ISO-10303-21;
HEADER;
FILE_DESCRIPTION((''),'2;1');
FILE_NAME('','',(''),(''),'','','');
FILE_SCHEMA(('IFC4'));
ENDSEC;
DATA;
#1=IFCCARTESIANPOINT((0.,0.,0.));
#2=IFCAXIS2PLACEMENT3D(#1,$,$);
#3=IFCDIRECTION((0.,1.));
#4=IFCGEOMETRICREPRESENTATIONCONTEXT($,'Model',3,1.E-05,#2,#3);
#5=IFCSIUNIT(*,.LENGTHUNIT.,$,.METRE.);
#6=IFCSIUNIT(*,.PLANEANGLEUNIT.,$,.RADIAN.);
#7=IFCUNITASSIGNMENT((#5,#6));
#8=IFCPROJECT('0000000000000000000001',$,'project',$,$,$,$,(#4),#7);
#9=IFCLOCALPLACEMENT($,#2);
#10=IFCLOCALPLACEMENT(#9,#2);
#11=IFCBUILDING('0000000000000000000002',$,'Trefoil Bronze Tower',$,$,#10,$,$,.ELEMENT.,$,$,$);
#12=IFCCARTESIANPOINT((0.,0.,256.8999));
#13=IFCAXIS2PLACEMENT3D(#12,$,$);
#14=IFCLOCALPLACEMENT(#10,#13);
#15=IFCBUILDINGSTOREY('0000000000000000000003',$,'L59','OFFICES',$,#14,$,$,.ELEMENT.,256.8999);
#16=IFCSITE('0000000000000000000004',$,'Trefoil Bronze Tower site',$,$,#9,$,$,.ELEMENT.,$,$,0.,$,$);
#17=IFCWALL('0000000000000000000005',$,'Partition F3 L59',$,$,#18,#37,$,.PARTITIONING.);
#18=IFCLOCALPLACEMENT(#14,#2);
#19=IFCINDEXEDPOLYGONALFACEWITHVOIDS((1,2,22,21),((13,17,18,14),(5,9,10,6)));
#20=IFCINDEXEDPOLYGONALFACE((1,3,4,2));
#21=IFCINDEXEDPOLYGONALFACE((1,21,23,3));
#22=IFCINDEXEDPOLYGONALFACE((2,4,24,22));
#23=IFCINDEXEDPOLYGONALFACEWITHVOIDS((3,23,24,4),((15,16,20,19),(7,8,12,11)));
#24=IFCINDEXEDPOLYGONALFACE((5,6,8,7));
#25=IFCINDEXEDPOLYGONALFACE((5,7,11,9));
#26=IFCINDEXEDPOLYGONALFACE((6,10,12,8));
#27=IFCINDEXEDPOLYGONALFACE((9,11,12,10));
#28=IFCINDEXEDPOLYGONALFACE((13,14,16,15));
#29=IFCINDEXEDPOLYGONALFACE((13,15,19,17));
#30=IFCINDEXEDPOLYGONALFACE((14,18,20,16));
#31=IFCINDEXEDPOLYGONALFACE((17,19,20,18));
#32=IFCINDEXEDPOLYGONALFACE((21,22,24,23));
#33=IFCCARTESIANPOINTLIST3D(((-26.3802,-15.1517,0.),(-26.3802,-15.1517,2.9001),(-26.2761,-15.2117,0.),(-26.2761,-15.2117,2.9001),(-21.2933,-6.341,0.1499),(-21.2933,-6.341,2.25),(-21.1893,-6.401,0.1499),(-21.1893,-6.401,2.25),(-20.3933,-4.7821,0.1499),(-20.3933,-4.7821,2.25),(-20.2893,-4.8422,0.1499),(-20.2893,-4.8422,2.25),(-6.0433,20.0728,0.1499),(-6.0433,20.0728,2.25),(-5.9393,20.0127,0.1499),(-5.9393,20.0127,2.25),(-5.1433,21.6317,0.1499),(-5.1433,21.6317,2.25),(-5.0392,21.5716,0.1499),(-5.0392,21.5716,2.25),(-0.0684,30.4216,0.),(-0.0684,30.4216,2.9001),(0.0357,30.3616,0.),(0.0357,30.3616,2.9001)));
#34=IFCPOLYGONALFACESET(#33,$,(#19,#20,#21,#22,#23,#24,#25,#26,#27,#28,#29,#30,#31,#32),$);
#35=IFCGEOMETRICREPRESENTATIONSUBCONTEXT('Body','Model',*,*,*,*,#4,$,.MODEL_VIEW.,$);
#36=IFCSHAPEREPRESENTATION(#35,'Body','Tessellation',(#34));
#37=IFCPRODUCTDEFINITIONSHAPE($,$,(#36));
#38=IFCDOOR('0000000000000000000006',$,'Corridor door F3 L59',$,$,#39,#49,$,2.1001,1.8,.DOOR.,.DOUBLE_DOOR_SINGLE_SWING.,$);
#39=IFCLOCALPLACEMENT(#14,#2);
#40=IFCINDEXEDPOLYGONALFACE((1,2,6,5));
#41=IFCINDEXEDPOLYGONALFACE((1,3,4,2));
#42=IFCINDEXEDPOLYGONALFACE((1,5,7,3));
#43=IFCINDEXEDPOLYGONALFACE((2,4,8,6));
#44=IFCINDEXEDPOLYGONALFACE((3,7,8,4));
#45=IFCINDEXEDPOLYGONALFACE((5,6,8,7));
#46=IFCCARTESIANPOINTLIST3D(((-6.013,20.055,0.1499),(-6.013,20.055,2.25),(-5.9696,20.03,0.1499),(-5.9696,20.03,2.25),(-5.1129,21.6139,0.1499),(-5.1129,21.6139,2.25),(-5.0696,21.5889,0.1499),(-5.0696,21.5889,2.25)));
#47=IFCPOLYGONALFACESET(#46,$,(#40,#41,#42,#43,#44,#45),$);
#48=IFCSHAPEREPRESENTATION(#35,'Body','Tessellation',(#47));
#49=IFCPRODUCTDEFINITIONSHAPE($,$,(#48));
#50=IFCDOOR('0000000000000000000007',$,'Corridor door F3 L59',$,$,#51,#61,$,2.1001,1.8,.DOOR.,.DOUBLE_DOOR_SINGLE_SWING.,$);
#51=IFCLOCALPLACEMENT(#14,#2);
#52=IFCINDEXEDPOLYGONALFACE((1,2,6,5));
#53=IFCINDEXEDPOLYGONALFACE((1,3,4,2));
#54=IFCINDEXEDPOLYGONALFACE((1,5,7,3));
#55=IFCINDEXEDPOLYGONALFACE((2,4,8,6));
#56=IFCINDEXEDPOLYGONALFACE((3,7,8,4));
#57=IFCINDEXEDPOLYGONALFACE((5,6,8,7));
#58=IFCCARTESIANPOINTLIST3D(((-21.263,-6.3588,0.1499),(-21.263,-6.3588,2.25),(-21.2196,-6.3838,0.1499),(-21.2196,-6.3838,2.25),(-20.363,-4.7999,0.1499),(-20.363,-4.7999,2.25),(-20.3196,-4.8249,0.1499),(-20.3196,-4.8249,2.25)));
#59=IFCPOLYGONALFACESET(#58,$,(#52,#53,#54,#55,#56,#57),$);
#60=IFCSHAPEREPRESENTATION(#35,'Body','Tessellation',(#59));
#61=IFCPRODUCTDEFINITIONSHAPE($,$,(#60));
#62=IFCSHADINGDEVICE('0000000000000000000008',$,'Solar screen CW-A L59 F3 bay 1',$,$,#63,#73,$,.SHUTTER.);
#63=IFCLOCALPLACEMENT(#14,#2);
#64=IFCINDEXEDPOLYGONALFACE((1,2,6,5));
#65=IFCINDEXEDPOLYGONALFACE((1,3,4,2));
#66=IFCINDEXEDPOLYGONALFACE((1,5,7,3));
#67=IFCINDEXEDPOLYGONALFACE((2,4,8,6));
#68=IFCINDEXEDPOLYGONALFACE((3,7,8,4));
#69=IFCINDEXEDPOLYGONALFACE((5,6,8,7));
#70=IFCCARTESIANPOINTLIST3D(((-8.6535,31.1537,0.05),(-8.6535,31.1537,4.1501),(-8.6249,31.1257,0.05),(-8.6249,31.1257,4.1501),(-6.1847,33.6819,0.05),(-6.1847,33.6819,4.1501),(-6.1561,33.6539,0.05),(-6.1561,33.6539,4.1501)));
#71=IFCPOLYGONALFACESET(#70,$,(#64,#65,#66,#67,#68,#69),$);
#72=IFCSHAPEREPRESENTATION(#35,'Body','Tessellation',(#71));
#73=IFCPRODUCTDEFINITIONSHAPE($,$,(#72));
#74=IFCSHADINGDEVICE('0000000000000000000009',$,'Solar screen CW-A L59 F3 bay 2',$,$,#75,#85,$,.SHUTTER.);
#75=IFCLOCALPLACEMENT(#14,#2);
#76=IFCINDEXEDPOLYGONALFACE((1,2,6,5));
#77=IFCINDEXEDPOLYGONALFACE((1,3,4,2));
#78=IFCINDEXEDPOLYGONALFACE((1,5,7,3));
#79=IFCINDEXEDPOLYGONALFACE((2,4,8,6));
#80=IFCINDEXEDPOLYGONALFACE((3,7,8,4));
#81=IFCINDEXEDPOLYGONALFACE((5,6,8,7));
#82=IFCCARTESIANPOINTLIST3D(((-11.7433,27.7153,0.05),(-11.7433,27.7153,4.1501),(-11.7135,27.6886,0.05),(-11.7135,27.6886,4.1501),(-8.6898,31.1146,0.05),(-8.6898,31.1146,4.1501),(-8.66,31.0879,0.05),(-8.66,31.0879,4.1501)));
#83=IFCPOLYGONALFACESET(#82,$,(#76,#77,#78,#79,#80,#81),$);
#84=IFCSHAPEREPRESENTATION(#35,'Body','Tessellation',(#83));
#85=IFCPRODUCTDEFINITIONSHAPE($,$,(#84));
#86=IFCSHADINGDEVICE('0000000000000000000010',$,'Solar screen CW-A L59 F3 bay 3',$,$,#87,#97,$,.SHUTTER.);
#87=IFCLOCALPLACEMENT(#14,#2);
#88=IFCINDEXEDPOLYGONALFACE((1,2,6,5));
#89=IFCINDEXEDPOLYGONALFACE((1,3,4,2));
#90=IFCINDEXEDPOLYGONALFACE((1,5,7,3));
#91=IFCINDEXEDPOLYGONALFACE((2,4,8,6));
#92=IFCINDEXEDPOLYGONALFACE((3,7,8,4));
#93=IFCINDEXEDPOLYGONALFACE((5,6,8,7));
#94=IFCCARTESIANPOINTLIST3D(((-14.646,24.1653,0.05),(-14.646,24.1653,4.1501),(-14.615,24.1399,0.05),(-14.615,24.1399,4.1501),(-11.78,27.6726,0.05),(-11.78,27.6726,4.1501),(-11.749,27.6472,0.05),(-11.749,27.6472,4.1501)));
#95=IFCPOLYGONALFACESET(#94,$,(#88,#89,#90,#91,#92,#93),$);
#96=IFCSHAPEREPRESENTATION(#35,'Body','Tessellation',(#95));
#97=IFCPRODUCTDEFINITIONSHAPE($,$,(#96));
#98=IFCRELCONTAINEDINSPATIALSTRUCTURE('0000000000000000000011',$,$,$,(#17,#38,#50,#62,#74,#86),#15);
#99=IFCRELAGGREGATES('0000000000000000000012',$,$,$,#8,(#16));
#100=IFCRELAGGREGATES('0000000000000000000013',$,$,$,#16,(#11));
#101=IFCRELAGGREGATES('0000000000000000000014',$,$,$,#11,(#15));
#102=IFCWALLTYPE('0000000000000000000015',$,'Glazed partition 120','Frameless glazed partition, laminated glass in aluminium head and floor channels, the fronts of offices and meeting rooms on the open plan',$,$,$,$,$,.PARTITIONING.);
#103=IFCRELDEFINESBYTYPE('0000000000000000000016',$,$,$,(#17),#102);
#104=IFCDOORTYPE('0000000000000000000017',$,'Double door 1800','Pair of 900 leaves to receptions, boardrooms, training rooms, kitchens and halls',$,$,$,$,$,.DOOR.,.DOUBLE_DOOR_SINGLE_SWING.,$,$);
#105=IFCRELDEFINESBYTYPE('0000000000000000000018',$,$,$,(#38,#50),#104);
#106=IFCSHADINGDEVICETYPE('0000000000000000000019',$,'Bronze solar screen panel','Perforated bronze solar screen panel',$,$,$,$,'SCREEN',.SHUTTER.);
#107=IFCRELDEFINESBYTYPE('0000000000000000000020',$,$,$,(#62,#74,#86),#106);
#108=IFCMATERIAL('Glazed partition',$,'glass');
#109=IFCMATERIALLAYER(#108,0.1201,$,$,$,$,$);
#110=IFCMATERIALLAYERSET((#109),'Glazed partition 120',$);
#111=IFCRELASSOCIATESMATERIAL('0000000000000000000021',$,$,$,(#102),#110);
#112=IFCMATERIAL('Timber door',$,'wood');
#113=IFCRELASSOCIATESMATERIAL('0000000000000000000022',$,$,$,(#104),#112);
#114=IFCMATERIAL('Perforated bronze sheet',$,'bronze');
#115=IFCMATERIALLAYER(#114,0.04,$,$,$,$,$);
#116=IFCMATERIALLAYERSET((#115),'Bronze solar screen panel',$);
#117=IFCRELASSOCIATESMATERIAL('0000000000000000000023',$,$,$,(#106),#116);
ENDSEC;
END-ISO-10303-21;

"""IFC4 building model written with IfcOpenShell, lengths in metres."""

from ifc_helpers import new_model, si_unit, direction, frame, frame_2d, origin, origin_2d, place, context, subcontext, project, spatial, rectangle, extrude, material, layer, layer_set, type_object, element, fill, save


model = new_model("IFC4")

# Units and contexts
model_context = context("Model", 3, precision=1e-05, world=origin(), true_north=direction((0.0, 1.0)))
body_context = subcontext(model_context, "Body", "Model", "MODEL_VIEW")
ifc_project = project(units=[si_unit("LENGTHUNIT", "METRE"), si_unit("PLANEANGLEUNIT", "RADIAN")], contexts=[model_context])

# Site, building, storey
site_placement = place(None, origin())
site = spatial("IfcSite", under=ifc_project, at=site_placement, Name="Trefoil Bronze Tower site", CompositionType="ELEMENT", RefElevation=0.0)
building_placement = place(site_placement, origin())
building = spatial("IfcBuilding", under=site, at=building_placement, Name="Trefoil Bronze Tower", CompositionType="ELEMENT")
storey_placement = place(building_placement, frame((0.0, 0.0, 256.8999)))
storey = spatial("IfcBuildingStorey", under=building, at=storey_placement, Name="L59", Description="OFFICES", CompositionType="ELEMENT", Elevation=256.8999)

# Wall, openings, doors
ifc_material_1 = material(Name="Glazed partition", Category="glass")
ifc_layer_1 = layer(ifc_material_1, 0.1201)
ifc_layer_set_1 = layer_set([ifc_layer_1], Name="Glazed partition 120")
wall_type = type_object("IfcWallType", Name="Glazed partition 120", Description="Frameless glazed partition, laminated glass in aluminium head and floor channels, the fronts of offices and meeting rooms on the open plan", PredefinedType="PARTITIONING", material=ifc_layer_set_1)
wall_placement = place(storey_placement, frame((-0.0164, 30.3916, 0.0), z_axis=(0.0, 0.0, 1.0), x_axis=(-0.500001, -0.866025, 0.0)))
wall = element("IfcWall", 1, at=wall_placement, inside=storey, type_object=wall_type, Name="Partition F3 L59", PredefinedType="PARTITIONING", context=body_context, shape_type="SweptSolid", body=[
    extrude(rectangle(XDim=52.6235, YDim=0.1201, at=frame_2d((26.3118, 0.0))), origin(), (0.0, 0.0, 1.0), 2.9001),
])
opening_1_placement = place(wall_placement, frame((10.1499, 0.0, 0.1499)))
opening_1 = element("IfcOpeningElement", 2, at=opening_1_placement, cuts=wall, PredefinedType="OPENING", context=body_context, shape_type="SweptSolid", body=[
    extrude(rectangle(XDim=1.8, YDim=2.1001, at=frame_2d((0.8999, 1.05))), frame((0.0, 0.0701, 0.0), z_axis=(0.0, -1.0, 0.0), x_axis=(1.0, 0.0, 0.0)), (0.0, 0.0, 1.0), 0.1401),
])
opening_2_placement = place(wall_placement, frame((40.6499, 0.0, 0.1499)))
opening_2 = element("IfcOpeningElement", 3, at=opening_2_placement, cuts=wall, PredefinedType="OPENING", context=body_context, shape_type="SweptSolid", body=[
    extrude(rectangle(XDim=1.8, YDim=2.1001, at=frame_2d((0.8999, 1.05))), frame((0.0, 0.0701, 0.0), z_axis=(0.0, -1.0, 0.0), x_axis=(1.0, 0.0, 0.0)), (0.0, 0.0, 1.0), 0.1401),
])
ifc_material_2 = material(Name="Timber door", Category="wood")
door_type = type_object("IfcDoorType", Name="Double door 1800", Description="Pair of 900 leaves to receptions, boardrooms, training rooms, kitchens and halls", OperationType="DOUBLE_DOOR_SINGLE_SWING", PredefinedType="DOOR", material=ifc_material_2)
door_1_placement = place(opening_1_placement, frame((1.8, 0.0, 0.0), z_axis=(0.0, 0.0, 1.0), x_axis=(-1.0, 0.0, 0.0)))
door_1 = element("IfcDoor", 4, at=door_1_placement, inside=storey, type_object=door_type, Name="Corridor door F3 L59", OperationType="DOUBLE_DOOR_SINGLE_SWING", OverallHeight=2.1001, OverallWidth=1.8, PredefinedType="DOOR", context=body_context, shape_type="SweptSolid", body=[
    extrude(rectangle(XDim=1.8, YDim=2.1001, at=frame_2d((0.8999, 1.05))), frame((0.0, 0.0249, 0.0), z_axis=(0.0, -1.0, 0.0), x_axis=(1.0, 0.0, 0.0)), (0.0, 0.0, 1.0), 0.05),
])
fill(opening_1, door_1)
door_2_placement = place(opening_2_placement, frame((1.8, 0.0, 0.0), z_axis=(0.0, 0.0, 1.0), x_axis=(-1.0, 0.0, 0.0)))
door_2 = element("IfcDoor", 5, at=door_2_placement, inside=storey, type_object=door_type, Name="Corridor door F3 L59", OperationType="DOUBLE_DOOR_SINGLE_SWING", OverallHeight=2.1001, OverallWidth=1.8, PredefinedType="DOOR", context=body_context, shape_type="SweptSolid", body=[
    extrude(rectangle(XDim=1.8, YDim=2.1001, at=frame_2d((0.8999, 1.05))), frame((0.0, 0.0249, 0.0), z_axis=(0.0, -1.0, 0.0), x_axis=(1.0, 0.0, 0.0)), (0.0, 0.0, 1.0), 0.05),
])
fill(opening_2, door_2)

# Shading devices
ifc_material_3 = material(Name="Perforated bronze sheet", Category="bronze")
ifc_layer_2 = layer(ifc_material_3, 0.04)
ifc_layer_set_2 = layer_set([ifc_layer_2], Name="Bronze solar screen panel")
shading_device_type = type_object("IfcShadingDeviceType", Name="Bronze solar screen panel", Description="Perforated bronze solar screen panel", ElementType="SCREEN", PredefinedType="SHUTTER", material=ifc_layer_set_2)
shading_device_1_placement = place(storey_placement, frame((-7.4048, 32.4038, 0.05), z_axis=(0.0, 0.0, 1.0), x_axis=(-0.698652, -0.715462, 0.0)))
element("IfcShadingDevice", 6, at=shading_device_1_placement, inside=storey, type_object=shading_device_type, Name="Solar screen CW-A L59 F3 bay 1", PredefinedType="SHUTTER", context=body_context, shape_type="SweptSolid", body=[
    extrude(rectangle(XDim=3.5337, YDim=0.04, at=origin_2d()), origin(), (0.0, 0.0, 1.0), 4.1001),
])
shading_device_2_placement = place(storey_placement, frame((-10.2017, 29.4016, 0.05), z_axis=(0.0, 0.0, 1.0), x_axis=(-0.668246, -0.743941, 0.0)))
element("IfcShadingDevice", 7, at=shading_device_2_placement, inside=storey, type_object=shading_device_type, Name="Solar screen CW-A L59 F3 bay 2", PredefinedType="SHUTTER", context=body_context, shape_type="SweptSolid", body=[
    extrude(rectangle(XDim=4.5693, YDim=0.04, at=origin_2d()), origin(), (0.0, 0.0, 1.0), 4.1001),
])
shading_device_3_placement = place(storey_placement, frame((-13.1975, 25.9062, 0.05), z_axis=(0.0, 0.0, 1.0), x_axis=(-0.632753, -0.774354, 0.0)))
element("IfcShadingDevice", 8, at=shading_device_3_placement, inside=storey, type_object=shading_device_type, Name="Solar screen CW-A L59 F3 bay 3", PredefinedType="SHUTTER", context=body_context, shape_type="SweptSolid", body=[
    extrude(rectangle(XDim=4.5293, YDim=0.04, at=origin_2d()), origin(), (0.0, 0.0, 1.0), 4.1001),
])

save(model, "model.ifc")
